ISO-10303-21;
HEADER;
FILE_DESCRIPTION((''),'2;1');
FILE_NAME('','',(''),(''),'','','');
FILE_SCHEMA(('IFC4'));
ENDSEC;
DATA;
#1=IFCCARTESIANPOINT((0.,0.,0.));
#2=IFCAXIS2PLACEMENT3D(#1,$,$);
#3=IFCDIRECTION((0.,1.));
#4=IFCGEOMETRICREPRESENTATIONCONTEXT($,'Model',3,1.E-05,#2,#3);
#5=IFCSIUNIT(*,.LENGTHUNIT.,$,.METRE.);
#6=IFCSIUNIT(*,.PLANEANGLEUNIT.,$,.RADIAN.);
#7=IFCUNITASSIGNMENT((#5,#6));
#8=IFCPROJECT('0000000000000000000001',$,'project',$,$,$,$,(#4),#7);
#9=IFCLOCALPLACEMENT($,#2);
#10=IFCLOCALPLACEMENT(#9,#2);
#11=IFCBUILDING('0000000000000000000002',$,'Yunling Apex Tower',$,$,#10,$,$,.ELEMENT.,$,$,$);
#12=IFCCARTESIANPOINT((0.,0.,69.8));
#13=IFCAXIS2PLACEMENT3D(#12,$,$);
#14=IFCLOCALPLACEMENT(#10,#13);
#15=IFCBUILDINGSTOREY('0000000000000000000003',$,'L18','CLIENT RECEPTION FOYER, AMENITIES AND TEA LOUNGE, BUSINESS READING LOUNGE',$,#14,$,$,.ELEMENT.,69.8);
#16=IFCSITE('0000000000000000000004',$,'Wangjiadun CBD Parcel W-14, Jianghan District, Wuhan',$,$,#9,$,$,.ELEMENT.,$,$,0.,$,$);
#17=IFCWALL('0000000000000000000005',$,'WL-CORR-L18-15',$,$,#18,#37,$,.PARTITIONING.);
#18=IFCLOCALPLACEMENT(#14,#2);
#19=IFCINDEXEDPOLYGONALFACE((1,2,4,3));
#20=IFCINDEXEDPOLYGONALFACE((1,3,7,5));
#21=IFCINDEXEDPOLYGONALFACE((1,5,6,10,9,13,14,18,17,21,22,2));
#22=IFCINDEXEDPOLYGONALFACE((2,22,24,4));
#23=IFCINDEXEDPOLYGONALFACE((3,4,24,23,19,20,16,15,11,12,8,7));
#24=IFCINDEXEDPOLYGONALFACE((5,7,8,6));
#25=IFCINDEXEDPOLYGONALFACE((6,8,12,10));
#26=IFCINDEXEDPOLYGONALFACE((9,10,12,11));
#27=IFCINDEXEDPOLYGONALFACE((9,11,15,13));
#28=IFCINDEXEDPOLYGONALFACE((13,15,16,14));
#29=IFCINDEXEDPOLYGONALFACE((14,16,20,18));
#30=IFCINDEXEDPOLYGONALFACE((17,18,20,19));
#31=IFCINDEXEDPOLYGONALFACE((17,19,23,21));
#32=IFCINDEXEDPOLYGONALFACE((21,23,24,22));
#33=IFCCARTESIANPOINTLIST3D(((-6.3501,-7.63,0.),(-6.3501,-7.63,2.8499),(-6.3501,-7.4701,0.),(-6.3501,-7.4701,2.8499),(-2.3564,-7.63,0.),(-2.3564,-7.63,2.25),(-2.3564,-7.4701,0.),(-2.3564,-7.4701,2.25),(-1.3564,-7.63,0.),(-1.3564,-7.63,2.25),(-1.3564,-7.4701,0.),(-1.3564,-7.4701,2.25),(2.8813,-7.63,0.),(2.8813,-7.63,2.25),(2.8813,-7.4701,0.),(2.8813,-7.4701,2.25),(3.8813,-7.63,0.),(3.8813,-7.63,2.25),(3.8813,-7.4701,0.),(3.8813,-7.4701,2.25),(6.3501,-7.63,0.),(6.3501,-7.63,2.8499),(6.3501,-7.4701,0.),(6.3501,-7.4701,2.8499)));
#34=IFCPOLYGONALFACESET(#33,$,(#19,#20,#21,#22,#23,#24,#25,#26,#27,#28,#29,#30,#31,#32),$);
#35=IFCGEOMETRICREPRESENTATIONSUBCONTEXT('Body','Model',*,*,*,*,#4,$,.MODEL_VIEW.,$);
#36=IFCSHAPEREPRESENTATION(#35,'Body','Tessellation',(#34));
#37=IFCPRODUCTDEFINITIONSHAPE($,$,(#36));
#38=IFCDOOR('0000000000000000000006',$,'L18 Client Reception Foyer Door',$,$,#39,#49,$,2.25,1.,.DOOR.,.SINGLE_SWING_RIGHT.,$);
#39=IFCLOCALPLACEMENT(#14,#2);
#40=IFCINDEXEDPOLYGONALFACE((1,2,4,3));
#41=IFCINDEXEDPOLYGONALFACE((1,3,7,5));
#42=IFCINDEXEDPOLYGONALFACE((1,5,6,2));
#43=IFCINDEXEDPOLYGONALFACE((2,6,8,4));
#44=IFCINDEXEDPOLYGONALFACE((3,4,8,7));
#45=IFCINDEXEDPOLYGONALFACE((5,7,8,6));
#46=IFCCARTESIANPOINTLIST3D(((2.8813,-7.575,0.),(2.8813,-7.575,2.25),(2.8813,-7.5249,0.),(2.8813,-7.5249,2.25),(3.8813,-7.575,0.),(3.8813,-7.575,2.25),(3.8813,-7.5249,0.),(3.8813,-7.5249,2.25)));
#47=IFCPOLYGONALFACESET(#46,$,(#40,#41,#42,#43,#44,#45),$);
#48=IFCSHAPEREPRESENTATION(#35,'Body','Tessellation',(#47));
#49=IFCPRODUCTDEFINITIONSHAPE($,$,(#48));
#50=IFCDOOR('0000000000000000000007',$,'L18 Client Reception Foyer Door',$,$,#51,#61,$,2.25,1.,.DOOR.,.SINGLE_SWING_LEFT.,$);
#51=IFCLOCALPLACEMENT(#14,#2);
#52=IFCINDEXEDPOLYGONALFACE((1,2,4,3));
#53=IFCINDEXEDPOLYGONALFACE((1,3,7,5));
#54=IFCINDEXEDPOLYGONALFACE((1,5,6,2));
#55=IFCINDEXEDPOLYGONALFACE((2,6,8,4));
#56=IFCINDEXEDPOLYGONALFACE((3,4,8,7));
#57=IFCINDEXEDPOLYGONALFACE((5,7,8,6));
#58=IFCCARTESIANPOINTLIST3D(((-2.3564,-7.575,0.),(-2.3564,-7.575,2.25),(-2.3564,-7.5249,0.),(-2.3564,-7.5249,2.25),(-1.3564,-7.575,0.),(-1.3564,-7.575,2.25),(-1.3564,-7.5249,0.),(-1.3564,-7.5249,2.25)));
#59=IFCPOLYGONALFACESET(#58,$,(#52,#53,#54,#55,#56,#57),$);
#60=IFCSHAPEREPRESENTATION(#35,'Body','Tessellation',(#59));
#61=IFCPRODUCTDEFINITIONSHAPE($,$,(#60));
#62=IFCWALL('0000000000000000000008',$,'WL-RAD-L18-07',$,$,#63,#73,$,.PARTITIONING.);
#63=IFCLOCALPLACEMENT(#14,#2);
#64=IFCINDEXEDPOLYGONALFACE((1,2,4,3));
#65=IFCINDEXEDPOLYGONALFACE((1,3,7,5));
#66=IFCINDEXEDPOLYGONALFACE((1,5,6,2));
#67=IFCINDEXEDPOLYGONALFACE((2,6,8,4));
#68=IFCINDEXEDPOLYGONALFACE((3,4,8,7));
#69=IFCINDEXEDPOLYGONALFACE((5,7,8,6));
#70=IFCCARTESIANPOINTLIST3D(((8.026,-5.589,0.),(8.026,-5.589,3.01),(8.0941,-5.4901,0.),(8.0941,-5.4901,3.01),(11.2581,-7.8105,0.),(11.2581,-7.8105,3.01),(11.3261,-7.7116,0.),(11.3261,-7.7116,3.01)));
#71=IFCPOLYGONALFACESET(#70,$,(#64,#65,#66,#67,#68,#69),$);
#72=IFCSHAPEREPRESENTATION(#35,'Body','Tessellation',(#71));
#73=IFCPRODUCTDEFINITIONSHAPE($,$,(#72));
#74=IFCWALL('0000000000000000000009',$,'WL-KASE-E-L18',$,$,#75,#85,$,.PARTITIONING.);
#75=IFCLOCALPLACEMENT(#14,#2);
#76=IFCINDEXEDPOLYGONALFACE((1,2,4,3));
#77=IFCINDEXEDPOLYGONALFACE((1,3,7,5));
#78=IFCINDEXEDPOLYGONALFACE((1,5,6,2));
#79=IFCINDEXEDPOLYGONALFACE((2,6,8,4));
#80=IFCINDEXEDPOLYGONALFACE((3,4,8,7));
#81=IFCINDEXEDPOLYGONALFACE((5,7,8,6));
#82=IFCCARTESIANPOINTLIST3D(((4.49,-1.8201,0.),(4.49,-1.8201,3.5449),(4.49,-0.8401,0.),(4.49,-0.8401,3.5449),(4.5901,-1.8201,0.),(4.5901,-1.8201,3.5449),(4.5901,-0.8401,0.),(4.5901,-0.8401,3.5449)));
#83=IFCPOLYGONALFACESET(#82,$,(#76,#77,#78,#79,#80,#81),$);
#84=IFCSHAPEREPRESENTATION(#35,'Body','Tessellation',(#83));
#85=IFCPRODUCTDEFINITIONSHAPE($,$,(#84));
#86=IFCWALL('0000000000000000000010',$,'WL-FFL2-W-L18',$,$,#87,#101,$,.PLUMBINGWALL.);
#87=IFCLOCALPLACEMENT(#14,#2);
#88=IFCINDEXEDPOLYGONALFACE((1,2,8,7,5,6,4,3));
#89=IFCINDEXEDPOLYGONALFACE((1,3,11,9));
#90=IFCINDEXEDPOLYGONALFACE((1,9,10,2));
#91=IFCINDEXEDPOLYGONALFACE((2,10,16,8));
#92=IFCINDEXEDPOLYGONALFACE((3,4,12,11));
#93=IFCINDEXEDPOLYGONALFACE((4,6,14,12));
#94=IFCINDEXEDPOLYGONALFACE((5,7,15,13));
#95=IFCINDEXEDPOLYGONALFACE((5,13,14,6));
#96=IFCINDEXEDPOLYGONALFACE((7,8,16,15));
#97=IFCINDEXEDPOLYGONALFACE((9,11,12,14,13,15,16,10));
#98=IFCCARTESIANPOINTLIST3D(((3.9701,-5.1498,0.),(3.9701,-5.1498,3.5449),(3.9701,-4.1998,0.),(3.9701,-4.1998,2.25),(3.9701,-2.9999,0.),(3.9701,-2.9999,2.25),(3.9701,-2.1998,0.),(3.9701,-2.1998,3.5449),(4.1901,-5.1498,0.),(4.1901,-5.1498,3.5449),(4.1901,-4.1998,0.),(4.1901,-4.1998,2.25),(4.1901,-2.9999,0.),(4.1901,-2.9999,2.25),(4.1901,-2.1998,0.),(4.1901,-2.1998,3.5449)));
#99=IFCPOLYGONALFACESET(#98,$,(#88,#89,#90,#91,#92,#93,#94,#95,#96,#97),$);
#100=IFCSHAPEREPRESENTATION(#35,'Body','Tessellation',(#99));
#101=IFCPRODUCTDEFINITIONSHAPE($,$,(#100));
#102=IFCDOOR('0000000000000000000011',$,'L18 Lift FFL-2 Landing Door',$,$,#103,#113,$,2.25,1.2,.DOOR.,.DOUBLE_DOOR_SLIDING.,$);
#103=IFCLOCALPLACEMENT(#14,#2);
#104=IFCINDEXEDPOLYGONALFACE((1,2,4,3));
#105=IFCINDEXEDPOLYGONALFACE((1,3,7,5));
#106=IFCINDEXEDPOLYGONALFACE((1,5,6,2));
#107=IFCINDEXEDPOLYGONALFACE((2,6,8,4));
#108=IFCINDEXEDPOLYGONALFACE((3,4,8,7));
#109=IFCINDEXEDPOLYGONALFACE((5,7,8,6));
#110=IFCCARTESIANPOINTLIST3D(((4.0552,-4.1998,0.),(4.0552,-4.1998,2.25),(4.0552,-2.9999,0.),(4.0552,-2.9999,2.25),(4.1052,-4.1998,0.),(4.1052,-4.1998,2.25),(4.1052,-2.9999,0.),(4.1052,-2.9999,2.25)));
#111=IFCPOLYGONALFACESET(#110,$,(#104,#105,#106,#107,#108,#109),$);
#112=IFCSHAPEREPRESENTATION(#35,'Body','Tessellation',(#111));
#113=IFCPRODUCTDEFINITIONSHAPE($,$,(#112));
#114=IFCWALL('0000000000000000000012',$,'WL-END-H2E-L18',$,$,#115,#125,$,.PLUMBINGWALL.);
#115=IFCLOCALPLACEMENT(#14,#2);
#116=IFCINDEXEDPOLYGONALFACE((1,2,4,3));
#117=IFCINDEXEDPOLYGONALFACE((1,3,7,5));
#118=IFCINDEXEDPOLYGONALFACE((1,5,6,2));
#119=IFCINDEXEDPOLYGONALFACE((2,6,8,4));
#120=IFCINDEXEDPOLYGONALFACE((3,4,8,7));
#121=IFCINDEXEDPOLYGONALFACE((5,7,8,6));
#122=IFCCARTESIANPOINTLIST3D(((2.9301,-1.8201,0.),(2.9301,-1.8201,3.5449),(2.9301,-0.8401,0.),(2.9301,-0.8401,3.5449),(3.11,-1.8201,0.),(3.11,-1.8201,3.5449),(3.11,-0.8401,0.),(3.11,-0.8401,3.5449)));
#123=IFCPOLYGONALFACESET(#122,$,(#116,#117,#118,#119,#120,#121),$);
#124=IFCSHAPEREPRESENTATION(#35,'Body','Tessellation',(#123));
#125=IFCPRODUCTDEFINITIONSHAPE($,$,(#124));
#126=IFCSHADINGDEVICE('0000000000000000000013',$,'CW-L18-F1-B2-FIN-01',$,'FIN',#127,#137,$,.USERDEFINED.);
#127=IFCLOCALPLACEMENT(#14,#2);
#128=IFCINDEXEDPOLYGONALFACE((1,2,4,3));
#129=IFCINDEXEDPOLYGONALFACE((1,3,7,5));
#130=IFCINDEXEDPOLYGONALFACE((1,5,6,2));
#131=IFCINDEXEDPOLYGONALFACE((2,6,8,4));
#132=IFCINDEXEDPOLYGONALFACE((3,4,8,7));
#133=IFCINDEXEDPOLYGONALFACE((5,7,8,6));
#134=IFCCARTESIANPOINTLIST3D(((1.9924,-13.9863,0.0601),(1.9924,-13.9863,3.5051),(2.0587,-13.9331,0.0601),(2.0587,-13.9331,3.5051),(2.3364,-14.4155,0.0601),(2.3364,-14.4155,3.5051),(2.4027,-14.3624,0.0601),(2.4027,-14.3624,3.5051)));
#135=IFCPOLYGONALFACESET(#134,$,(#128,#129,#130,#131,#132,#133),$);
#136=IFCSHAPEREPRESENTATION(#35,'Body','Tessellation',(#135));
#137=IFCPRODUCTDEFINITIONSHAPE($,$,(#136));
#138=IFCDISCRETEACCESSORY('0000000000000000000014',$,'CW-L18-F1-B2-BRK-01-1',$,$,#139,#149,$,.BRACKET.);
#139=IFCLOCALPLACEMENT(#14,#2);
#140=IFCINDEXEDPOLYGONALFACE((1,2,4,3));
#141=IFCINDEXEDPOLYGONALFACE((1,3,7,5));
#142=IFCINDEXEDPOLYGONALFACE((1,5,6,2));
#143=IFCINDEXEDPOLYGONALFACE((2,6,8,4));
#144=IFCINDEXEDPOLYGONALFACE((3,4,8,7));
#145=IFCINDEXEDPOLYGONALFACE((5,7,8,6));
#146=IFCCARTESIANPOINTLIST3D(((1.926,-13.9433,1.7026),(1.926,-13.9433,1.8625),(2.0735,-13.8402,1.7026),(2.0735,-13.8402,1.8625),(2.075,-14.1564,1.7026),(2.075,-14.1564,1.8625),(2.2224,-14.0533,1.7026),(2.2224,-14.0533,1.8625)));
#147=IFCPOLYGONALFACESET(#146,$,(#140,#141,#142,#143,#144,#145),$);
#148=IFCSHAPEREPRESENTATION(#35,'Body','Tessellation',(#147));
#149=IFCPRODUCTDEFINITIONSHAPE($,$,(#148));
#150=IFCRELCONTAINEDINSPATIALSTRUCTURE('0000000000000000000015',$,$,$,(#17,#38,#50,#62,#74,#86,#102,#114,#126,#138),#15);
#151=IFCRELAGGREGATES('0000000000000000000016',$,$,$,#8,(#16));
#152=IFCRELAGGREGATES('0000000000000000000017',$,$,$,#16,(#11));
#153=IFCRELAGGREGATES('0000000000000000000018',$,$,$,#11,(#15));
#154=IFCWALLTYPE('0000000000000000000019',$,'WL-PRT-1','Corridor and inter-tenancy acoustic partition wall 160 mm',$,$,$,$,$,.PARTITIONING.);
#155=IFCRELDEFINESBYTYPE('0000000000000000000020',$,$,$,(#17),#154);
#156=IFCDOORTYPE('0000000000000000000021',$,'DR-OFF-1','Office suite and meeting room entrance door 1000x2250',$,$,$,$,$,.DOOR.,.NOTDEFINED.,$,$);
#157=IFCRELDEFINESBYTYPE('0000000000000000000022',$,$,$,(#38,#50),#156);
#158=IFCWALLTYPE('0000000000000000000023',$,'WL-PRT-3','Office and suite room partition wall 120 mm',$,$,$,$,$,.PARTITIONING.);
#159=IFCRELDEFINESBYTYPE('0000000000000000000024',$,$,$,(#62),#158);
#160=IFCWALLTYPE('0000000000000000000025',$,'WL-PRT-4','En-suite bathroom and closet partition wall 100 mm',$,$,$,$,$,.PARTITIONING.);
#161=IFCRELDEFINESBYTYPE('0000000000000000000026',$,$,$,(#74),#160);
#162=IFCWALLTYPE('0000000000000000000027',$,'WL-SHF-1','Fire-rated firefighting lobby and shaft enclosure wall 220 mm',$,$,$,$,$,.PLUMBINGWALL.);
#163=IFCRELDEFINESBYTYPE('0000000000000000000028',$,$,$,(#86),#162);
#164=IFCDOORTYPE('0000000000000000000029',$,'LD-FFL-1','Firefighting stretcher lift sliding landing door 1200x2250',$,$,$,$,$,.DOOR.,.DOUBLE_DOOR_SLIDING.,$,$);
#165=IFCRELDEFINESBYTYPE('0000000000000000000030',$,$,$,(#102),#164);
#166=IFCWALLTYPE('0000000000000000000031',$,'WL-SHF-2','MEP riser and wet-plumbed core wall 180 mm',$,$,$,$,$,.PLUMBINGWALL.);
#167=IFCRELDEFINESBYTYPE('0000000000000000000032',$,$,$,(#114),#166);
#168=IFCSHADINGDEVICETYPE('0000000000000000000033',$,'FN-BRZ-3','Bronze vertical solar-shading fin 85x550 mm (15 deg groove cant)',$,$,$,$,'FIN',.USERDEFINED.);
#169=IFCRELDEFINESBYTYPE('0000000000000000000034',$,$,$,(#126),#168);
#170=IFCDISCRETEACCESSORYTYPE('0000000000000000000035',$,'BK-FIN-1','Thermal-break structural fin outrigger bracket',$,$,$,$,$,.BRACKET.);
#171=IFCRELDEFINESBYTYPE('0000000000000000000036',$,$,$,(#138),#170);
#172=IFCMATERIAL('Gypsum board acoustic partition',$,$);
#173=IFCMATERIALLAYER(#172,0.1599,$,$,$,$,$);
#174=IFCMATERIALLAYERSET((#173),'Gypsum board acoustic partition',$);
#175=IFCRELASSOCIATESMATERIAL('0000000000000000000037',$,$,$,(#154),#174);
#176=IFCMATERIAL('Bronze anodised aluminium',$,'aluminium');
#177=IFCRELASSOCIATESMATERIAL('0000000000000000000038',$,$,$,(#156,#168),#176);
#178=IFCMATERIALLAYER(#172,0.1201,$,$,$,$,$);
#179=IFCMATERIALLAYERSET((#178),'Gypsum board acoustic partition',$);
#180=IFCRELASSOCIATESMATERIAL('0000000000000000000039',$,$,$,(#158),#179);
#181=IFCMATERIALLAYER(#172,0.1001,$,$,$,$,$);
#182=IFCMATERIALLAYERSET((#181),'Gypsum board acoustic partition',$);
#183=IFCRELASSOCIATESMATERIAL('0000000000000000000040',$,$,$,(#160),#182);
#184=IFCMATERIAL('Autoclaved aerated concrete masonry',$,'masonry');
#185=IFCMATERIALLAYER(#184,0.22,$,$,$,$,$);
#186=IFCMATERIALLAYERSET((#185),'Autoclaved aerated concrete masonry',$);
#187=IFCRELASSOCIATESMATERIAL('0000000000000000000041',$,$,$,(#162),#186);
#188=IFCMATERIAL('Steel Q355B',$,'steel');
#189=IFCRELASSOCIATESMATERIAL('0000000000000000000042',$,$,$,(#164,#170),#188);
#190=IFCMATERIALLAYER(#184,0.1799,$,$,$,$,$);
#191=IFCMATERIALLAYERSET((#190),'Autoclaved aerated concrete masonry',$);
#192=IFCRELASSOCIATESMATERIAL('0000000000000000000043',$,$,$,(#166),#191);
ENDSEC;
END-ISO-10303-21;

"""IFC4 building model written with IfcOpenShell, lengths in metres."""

from ifc_helpers import new_model, si_unit, direction, frame, frame_2d, origin, origin_2d, place, context, subcontext, project, spatial, rectangle, extrude, source, transform, mapped, material, layer, layer_set, material_profile, profile_set, type_object, element, fill, save


model = new_model("IFC4")

# Units and contexts
model_context = context("Model", 3, precision=1e-05, world=origin(), true_north=direction((0.0, 1.0)))
body_context = subcontext(model_context, "Body", "Model", "MODEL_VIEW")
ifc_project = project(units=[si_unit("LENGTHUNIT", "METRE"), si_unit("PLANEANGLEUNIT", "RADIAN")], contexts=[model_context])

# Site, building, storey
site_placement = place(None, origin())
site = spatial("IfcSite", under=ifc_project, at=site_placement, Name="Wangjiadun CBD Parcel W-14, Jianghan District, Wuhan", CompositionType="ELEMENT", RefElevation=0.0)
building_placement = place(site_placement, origin())
building = spatial("IfcBuilding", under=site, at=building_placement, Name="Yunling Apex Tower", CompositionType="ELEMENT")
storey_placement = place(building_placement, frame((0.0, 0.0, 69.8)))
storey = spatial("IfcBuildingStorey", under=building, at=storey_placement, Name="L18", Description="CLIENT RECEPTION FOYER, AMENITIES AND TEA LOUNGE, BUSINESS READING LOUNGE", CompositionType="ELEMENT", Elevation=69.8)

# Shared definitions
ifc_material_1 = material(Name="Steel Q355B", Category="steel")

# Shared definitions
ifc_material_2 = material(Name="Bronze anodised aluminium", Category="aluminium")

# Shared definitions
ifc_material_3 = material(Name="Gypsum board acoustic partition")
ifc_layer_1 = layer(ifc_material_3, 0.1599)
ifc_layer_set_1 = layer_set([ifc_layer_1], Name="Gypsum board acoustic partition")
wall_type_1 = type_object("IfcWallType", Name="WL-PRT-1", Description="Corridor and inter-tenancy acoustic partition wall 160 mm", PredefinedType="PARTITIONING", material=ifc_layer_set_1)

# Wall, openings, doors
wall_1_placement = place(storey_placement, frame((6.3501, -7.55, 0.0), z_axis=(0.0, 0.0, 1.0), x_axis=(-1.0, 0.0, 0.0)))
wall_1 = element("IfcWall", 1, at=wall_1_placement, inside=storey, type_object=wall_type_1, Name="WL-CORR-L18-15", PredefinedType="PARTITIONING", context=body_context, shape_type="SweptSolid", body=[
    extrude(rectangle(XDim=12.7002, YDim=0.1599, at=frame_2d((6.3501, 0.0))), origin(), (0.0, 0.0, 1.0), 2.8499),
])
opening_1_placement = place(wall_1_placement, frame((2.4688, 0.0, 0.0)))
opening_1 = element("IfcOpeningElement", 2, at=opening_1_placement, cuts=wall_1, PredefinedType="OPENING", context=body_context, shape_type="SweptSolid", body=[
    extrude(rectangle(XDim=1.0, YDim=2.25, at=frame_2d((0.5, 1.125))), frame((0.0, 0.0898, 0.0), z_axis=(0.0, -1.0, 0.0), x_axis=(1.0, 0.0, 0.0)), (0.0, 0.0, 1.0), 0.1799),
])
opening_2_placement = place(wall_1_placement, frame((7.7065, 0.0, 0.0)))
opening_2 = element("IfcOpeningElement", 3, at=opening_2_placement, cuts=wall_1, PredefinedType="OPENING", context=body_context, shape_type="SweptSolid", body=[
    extrude(rectangle(XDim=1.0, YDim=2.25, at=frame_2d((0.5, 1.125))), frame((0.0, 0.0898, 0.0), z_axis=(0.0, -1.0, 0.0), x_axis=(1.0, 0.0, 0.0)), (0.0, 0.0, 1.0), 0.1799),
])
door_type_1 = type_object("IfcDoorType", Name="DR-OFF-1", Description="Office suite and meeting room entrance door 1000x2250", OperationType="NOTDEFINED", PredefinedType="DOOR", material=ifc_material_2)
door_1_placement = place(opening_1_placement, origin())
door_1 = element("IfcDoor", 4, at=door_1_placement, inside=storey, type_object=door_type_1, Name="L18 Client Reception Foyer Door", OperationType="SINGLE_SWING_RIGHT", OverallHeight=2.25, OverallWidth=1.0, PredefinedType="DOOR", context=body_context, shape_type="SweptSolid", body=[
    extrude(rectangle(XDim=1.0, YDim=2.25, at=frame_2d((0.5, 1.125))), frame((0.0, 0.0249, 0.0), z_axis=(0.0, -1.0, 0.0), x_axis=(1.0, 0.0, 0.0)), (0.0, 0.0, 1.0), 0.05),
])
fill(opening_1, door_1)
door_2_placement = place(opening_2_placement, origin())
door_2 = element("IfcDoor", 5, at=door_2_placement, inside=storey, type_object=door_type_1, Name="L18 Client Reception Foyer Door", OperationType="SINGLE_SWING_LEFT", OverallHeight=2.25, OverallWidth=1.0, PredefinedType="DOOR", context=body_context, shape_type="SweptSolid", body=[
    extrude(rectangle(XDim=1.0, YDim=2.25, at=frame_2d((0.5, 1.125))), frame((0.0, 0.0249, 0.0), z_axis=(0.0, -1.0, 0.0), x_axis=(1.0, 0.0, 0.0)), (0.0, 0.0, 1.0), 0.05),
])
fill(opening_2, door_2)

# Walls
ifc_layer_2 = layer(ifc_material_3, 0.1201)
ifc_layer_set_2 = layer_set([ifc_layer_2], Name="Gypsum board acoustic partition")
wall_type_2 = type_object("IfcWallType", Name="WL-PRT-3", Description="Office and suite room partition wall 120 mm", PredefinedType="PARTITIONING", material=ifc_layer_set_2)
wall_2_placement = place(storey_placement, frame((8.0601, -5.5396, 0.0), z_axis=(0.0, 0.0, 1.0), x_axis=(0.824104, -0.566439, 0.0)))
element("IfcWall", 6, at=wall_2_placement, inside=storey, type_object=wall_type_2, Name="WL-RAD-L18-07", PredefinedType="PARTITIONING", context=body_context, shape_type="SweptSolid", body=[
    extrude(rectangle(XDim=3.9219, YDim=0.1201, at=frame_2d((1.9609, 0.0))), origin(), (0.0, 0.0, 1.0), 3.01),
])
ifc_layer_3 = layer(ifc_material_3, 0.1001)
ifc_layer_set_3 = layer_set([ifc_layer_3], Name="Gypsum board acoustic partition")
wall_type_3 = type_object("IfcWallType", Name="WL-PRT-4", Description="En-suite bathroom and closet partition wall 100 mm", PredefinedType="PARTITIONING", material=ifc_layer_set_3)
wall_3_placement = place(storey_placement, frame((4.54, -1.8201, 0.0), z_axis=(0.0, 0.0, 1.0), x_axis=(0.0, 1.0, 0.0)))
element("IfcWall", 7, at=wall_3_placement, inside=storey, type_object=wall_type_3, Name="WL-KASE-E-L18", PredefinedType="PARTITIONING", context=body_context, shape_type="SweptSolid", body=[
    extrude(rectangle(XDim=0.98, YDim=0.1001, at=frame_2d((0.49, 0.0))), origin(), (0.0, 0.0, 1.0), 3.5449),
])

# Wall, opening, door
ifc_material_4 = material(Name="Autoclaved aerated concrete masonry", Category="masonry")
ifc_layer_4 = layer(ifc_material_4, 0.22)
ifc_layer_set_4 = layer_set([ifc_layer_4], Name="Autoclaved aerated concrete masonry")
wall_type_4 = type_object("IfcWallType", Name="WL-SHF-1", Description="Fire-rated firefighting lobby and shaft enclosure wall 220 mm", PredefinedType="PLUMBINGWALL", material=ifc_layer_set_4)
wall_4_placement = place(storey_placement, frame((4.0801, -5.1499, 0.0), z_axis=(0.0, 0.0, 1.0), x_axis=(0.0, 1.0, 0.0)))
wall_4 = element("IfcWall", 8, at=wall_4_placement, inside=storey, type_object=wall_type_4, Name="WL-FFL2-W-L18", PredefinedType="PLUMBINGWALL", context=body_context, shape_type="SweptSolid", body=[
    extrude(rectangle(XDim=2.95, YDim=0.22, at=frame_2d((1.4751, 0.0))), origin(), (0.0, 0.0, 1.0), 3.5449),
])
opening_3_placement = place(wall_4_placement, frame((0.95, 0.0, 0.0)))
opening_3 = element("IfcOpeningElement", 9, at=opening_3_placement, cuts=wall_4, PredefinedType="OPENING", context=body_context, shape_type="SweptSolid", body=[
    extrude(rectangle(XDim=1.2, YDim=2.25, at=frame_2d((0.6001, 1.125))), frame((0.0, 0.1201, 0.0), z_axis=(0.0, -1.0, 0.0), x_axis=(1.0, 0.0, 0.0)), (0.0, 0.0, 1.0), 0.24),
])
door_type_2 = type_object("IfcDoorType", Name="LD-FFL-1", Description="Firefighting stretcher lift sliding landing door 1200x2250", OperationType="DOUBLE_DOOR_SLIDING", PredefinedType="DOOR", material=ifc_material_1)
door_3_placement = place(opening_3_placement, origin())
door_3 = element("IfcDoor", 10, at=door_3_placement, inside=storey, type_object=door_type_2, Name="L18 Lift FFL-2 Landing Door", OperationType="DOUBLE_DOOR_SLIDING", OverallHeight=2.25, OverallWidth=1.2, PredefinedType="DOOR", context=body_context, shape_type="SweptSolid", body=[
    extrude(rectangle(XDim=1.2, YDim=2.25, at=frame_2d((0.6001, 1.125))), frame((0.0, 0.0249, 0.0), z_axis=(0.0, -1.0, 0.0), x_axis=(1.0, 0.0, 0.0)), (0.0, 0.0, 1.0), 0.05),
])
fill(opening_3, door_3)

# Wall
ifc_layer_5 = layer(ifc_material_4, 0.1799)
ifc_layer_set_5 = layer_set([ifc_layer_5], Name="Autoclaved aerated concrete masonry")
wall_type_5 = type_object("IfcWallType", Name="WL-SHF-2", Description="MEP riser and wet-plumbed core wall 180 mm", PredefinedType="PLUMBINGWALL", material=ifc_layer_set_5)
wall_5_placement = place(storey_placement, frame((3.02, -1.8201, 0.0), z_axis=(0.0, 0.0, 1.0), x_axis=(0.0, 1.0, 0.0)))
element("IfcWall", 11, at=wall_5_placement, inside=storey, type_object=wall_type_5, Name="WL-END-H2E-L18", PredefinedType="PLUMBINGWALL", context=body_context, shape_type="SweptSolid", body=[
    extrude(rectangle(XDim=0.98, YDim=0.1799, at=frame_2d((0.49, 0.0))), origin(), (0.0, 0.0, 1.0), 3.5449),
])

# Shading device
ifc_material_profile_1 = material_profile(ifc_material_2, rectangle(XDim=0.085, YDim=0.55, at=origin_2d()))
ifc_profile_set_1 = profile_set([ifc_material_profile_1], Name="Bronze anodised aluminium")
shading_device_type = type_object("IfcShadingDeviceType", Name="FN-BRZ-3", Description="Bronze vertical solar-shading fin 85x550 mm (15 deg groove cant)", ElementType="FIN", PredefinedType="USERDEFINED", material=ifc_profile_set_1)
shared_shape_1 = source(origin(), body_context, "Body", "SweptSolid", [
    extrude(rectangle(XDim=0.085, YDim=0.55, at=origin_2d()), origin(), (0.0, 0.0, 1.0), 3.4451),
])
shading_device_placement = place(storey_placement, frame((2.1975, -14.1743, 0.0601), z_axis=(0.0, 0.0, 1.0), x_axis=(0.780321, 0.625379, 0.0)))
element("IfcShadingDevice", 12, at=shading_device_placement, inside=storey, type_object=shading_device_type, Name="CW-L18-F1-B2-FIN-01", ObjectType="FIN", PredefinedType="USERDEFINED", context=body_context, shape_type="MappedRepresentation", body=[
    mapped(shared_shape_1, transform((0.0, 0.0, 0.0), scale=1.0)),
])

# Discrete accessory
discrete_accessory_type = type_object("IfcDiscreteAccessoryType", Name="BK-FIN-1", Description="Thermal-break structural fin outrigger bracket", PredefinedType="BRACKET", material=ifc_material_1)
shared_shape_2 = source(origin(), body_context, "Body", "SweptSolid", [
    extrude(rectangle(XDim=0.1799, YDim=0.26, at=origin_2d()), origin(), (0.0, 0.0, 1.0), 0.1599),
])
discrete_accessory_placement = place(storey_placement, frame((2.0742, -13.9983, 1.7026), z_axis=(0.0, 0.0, 1.0), x_axis=(0.819552, 0.573004, 0.0)))
element("IfcDiscreteAccessory", 13, at=discrete_accessory_placement, inside=storey, type_object=discrete_accessory_type, Name="CW-L18-F1-B2-BRK-01-1", PredefinedType="BRACKET", context=body_context, shape_type="MappedRepresentation", body=[
    mapped(shared_shape_2, transform((0.0, 0.0, 0.0), scale=1.0)),
])

save(model, "model.ifc")
